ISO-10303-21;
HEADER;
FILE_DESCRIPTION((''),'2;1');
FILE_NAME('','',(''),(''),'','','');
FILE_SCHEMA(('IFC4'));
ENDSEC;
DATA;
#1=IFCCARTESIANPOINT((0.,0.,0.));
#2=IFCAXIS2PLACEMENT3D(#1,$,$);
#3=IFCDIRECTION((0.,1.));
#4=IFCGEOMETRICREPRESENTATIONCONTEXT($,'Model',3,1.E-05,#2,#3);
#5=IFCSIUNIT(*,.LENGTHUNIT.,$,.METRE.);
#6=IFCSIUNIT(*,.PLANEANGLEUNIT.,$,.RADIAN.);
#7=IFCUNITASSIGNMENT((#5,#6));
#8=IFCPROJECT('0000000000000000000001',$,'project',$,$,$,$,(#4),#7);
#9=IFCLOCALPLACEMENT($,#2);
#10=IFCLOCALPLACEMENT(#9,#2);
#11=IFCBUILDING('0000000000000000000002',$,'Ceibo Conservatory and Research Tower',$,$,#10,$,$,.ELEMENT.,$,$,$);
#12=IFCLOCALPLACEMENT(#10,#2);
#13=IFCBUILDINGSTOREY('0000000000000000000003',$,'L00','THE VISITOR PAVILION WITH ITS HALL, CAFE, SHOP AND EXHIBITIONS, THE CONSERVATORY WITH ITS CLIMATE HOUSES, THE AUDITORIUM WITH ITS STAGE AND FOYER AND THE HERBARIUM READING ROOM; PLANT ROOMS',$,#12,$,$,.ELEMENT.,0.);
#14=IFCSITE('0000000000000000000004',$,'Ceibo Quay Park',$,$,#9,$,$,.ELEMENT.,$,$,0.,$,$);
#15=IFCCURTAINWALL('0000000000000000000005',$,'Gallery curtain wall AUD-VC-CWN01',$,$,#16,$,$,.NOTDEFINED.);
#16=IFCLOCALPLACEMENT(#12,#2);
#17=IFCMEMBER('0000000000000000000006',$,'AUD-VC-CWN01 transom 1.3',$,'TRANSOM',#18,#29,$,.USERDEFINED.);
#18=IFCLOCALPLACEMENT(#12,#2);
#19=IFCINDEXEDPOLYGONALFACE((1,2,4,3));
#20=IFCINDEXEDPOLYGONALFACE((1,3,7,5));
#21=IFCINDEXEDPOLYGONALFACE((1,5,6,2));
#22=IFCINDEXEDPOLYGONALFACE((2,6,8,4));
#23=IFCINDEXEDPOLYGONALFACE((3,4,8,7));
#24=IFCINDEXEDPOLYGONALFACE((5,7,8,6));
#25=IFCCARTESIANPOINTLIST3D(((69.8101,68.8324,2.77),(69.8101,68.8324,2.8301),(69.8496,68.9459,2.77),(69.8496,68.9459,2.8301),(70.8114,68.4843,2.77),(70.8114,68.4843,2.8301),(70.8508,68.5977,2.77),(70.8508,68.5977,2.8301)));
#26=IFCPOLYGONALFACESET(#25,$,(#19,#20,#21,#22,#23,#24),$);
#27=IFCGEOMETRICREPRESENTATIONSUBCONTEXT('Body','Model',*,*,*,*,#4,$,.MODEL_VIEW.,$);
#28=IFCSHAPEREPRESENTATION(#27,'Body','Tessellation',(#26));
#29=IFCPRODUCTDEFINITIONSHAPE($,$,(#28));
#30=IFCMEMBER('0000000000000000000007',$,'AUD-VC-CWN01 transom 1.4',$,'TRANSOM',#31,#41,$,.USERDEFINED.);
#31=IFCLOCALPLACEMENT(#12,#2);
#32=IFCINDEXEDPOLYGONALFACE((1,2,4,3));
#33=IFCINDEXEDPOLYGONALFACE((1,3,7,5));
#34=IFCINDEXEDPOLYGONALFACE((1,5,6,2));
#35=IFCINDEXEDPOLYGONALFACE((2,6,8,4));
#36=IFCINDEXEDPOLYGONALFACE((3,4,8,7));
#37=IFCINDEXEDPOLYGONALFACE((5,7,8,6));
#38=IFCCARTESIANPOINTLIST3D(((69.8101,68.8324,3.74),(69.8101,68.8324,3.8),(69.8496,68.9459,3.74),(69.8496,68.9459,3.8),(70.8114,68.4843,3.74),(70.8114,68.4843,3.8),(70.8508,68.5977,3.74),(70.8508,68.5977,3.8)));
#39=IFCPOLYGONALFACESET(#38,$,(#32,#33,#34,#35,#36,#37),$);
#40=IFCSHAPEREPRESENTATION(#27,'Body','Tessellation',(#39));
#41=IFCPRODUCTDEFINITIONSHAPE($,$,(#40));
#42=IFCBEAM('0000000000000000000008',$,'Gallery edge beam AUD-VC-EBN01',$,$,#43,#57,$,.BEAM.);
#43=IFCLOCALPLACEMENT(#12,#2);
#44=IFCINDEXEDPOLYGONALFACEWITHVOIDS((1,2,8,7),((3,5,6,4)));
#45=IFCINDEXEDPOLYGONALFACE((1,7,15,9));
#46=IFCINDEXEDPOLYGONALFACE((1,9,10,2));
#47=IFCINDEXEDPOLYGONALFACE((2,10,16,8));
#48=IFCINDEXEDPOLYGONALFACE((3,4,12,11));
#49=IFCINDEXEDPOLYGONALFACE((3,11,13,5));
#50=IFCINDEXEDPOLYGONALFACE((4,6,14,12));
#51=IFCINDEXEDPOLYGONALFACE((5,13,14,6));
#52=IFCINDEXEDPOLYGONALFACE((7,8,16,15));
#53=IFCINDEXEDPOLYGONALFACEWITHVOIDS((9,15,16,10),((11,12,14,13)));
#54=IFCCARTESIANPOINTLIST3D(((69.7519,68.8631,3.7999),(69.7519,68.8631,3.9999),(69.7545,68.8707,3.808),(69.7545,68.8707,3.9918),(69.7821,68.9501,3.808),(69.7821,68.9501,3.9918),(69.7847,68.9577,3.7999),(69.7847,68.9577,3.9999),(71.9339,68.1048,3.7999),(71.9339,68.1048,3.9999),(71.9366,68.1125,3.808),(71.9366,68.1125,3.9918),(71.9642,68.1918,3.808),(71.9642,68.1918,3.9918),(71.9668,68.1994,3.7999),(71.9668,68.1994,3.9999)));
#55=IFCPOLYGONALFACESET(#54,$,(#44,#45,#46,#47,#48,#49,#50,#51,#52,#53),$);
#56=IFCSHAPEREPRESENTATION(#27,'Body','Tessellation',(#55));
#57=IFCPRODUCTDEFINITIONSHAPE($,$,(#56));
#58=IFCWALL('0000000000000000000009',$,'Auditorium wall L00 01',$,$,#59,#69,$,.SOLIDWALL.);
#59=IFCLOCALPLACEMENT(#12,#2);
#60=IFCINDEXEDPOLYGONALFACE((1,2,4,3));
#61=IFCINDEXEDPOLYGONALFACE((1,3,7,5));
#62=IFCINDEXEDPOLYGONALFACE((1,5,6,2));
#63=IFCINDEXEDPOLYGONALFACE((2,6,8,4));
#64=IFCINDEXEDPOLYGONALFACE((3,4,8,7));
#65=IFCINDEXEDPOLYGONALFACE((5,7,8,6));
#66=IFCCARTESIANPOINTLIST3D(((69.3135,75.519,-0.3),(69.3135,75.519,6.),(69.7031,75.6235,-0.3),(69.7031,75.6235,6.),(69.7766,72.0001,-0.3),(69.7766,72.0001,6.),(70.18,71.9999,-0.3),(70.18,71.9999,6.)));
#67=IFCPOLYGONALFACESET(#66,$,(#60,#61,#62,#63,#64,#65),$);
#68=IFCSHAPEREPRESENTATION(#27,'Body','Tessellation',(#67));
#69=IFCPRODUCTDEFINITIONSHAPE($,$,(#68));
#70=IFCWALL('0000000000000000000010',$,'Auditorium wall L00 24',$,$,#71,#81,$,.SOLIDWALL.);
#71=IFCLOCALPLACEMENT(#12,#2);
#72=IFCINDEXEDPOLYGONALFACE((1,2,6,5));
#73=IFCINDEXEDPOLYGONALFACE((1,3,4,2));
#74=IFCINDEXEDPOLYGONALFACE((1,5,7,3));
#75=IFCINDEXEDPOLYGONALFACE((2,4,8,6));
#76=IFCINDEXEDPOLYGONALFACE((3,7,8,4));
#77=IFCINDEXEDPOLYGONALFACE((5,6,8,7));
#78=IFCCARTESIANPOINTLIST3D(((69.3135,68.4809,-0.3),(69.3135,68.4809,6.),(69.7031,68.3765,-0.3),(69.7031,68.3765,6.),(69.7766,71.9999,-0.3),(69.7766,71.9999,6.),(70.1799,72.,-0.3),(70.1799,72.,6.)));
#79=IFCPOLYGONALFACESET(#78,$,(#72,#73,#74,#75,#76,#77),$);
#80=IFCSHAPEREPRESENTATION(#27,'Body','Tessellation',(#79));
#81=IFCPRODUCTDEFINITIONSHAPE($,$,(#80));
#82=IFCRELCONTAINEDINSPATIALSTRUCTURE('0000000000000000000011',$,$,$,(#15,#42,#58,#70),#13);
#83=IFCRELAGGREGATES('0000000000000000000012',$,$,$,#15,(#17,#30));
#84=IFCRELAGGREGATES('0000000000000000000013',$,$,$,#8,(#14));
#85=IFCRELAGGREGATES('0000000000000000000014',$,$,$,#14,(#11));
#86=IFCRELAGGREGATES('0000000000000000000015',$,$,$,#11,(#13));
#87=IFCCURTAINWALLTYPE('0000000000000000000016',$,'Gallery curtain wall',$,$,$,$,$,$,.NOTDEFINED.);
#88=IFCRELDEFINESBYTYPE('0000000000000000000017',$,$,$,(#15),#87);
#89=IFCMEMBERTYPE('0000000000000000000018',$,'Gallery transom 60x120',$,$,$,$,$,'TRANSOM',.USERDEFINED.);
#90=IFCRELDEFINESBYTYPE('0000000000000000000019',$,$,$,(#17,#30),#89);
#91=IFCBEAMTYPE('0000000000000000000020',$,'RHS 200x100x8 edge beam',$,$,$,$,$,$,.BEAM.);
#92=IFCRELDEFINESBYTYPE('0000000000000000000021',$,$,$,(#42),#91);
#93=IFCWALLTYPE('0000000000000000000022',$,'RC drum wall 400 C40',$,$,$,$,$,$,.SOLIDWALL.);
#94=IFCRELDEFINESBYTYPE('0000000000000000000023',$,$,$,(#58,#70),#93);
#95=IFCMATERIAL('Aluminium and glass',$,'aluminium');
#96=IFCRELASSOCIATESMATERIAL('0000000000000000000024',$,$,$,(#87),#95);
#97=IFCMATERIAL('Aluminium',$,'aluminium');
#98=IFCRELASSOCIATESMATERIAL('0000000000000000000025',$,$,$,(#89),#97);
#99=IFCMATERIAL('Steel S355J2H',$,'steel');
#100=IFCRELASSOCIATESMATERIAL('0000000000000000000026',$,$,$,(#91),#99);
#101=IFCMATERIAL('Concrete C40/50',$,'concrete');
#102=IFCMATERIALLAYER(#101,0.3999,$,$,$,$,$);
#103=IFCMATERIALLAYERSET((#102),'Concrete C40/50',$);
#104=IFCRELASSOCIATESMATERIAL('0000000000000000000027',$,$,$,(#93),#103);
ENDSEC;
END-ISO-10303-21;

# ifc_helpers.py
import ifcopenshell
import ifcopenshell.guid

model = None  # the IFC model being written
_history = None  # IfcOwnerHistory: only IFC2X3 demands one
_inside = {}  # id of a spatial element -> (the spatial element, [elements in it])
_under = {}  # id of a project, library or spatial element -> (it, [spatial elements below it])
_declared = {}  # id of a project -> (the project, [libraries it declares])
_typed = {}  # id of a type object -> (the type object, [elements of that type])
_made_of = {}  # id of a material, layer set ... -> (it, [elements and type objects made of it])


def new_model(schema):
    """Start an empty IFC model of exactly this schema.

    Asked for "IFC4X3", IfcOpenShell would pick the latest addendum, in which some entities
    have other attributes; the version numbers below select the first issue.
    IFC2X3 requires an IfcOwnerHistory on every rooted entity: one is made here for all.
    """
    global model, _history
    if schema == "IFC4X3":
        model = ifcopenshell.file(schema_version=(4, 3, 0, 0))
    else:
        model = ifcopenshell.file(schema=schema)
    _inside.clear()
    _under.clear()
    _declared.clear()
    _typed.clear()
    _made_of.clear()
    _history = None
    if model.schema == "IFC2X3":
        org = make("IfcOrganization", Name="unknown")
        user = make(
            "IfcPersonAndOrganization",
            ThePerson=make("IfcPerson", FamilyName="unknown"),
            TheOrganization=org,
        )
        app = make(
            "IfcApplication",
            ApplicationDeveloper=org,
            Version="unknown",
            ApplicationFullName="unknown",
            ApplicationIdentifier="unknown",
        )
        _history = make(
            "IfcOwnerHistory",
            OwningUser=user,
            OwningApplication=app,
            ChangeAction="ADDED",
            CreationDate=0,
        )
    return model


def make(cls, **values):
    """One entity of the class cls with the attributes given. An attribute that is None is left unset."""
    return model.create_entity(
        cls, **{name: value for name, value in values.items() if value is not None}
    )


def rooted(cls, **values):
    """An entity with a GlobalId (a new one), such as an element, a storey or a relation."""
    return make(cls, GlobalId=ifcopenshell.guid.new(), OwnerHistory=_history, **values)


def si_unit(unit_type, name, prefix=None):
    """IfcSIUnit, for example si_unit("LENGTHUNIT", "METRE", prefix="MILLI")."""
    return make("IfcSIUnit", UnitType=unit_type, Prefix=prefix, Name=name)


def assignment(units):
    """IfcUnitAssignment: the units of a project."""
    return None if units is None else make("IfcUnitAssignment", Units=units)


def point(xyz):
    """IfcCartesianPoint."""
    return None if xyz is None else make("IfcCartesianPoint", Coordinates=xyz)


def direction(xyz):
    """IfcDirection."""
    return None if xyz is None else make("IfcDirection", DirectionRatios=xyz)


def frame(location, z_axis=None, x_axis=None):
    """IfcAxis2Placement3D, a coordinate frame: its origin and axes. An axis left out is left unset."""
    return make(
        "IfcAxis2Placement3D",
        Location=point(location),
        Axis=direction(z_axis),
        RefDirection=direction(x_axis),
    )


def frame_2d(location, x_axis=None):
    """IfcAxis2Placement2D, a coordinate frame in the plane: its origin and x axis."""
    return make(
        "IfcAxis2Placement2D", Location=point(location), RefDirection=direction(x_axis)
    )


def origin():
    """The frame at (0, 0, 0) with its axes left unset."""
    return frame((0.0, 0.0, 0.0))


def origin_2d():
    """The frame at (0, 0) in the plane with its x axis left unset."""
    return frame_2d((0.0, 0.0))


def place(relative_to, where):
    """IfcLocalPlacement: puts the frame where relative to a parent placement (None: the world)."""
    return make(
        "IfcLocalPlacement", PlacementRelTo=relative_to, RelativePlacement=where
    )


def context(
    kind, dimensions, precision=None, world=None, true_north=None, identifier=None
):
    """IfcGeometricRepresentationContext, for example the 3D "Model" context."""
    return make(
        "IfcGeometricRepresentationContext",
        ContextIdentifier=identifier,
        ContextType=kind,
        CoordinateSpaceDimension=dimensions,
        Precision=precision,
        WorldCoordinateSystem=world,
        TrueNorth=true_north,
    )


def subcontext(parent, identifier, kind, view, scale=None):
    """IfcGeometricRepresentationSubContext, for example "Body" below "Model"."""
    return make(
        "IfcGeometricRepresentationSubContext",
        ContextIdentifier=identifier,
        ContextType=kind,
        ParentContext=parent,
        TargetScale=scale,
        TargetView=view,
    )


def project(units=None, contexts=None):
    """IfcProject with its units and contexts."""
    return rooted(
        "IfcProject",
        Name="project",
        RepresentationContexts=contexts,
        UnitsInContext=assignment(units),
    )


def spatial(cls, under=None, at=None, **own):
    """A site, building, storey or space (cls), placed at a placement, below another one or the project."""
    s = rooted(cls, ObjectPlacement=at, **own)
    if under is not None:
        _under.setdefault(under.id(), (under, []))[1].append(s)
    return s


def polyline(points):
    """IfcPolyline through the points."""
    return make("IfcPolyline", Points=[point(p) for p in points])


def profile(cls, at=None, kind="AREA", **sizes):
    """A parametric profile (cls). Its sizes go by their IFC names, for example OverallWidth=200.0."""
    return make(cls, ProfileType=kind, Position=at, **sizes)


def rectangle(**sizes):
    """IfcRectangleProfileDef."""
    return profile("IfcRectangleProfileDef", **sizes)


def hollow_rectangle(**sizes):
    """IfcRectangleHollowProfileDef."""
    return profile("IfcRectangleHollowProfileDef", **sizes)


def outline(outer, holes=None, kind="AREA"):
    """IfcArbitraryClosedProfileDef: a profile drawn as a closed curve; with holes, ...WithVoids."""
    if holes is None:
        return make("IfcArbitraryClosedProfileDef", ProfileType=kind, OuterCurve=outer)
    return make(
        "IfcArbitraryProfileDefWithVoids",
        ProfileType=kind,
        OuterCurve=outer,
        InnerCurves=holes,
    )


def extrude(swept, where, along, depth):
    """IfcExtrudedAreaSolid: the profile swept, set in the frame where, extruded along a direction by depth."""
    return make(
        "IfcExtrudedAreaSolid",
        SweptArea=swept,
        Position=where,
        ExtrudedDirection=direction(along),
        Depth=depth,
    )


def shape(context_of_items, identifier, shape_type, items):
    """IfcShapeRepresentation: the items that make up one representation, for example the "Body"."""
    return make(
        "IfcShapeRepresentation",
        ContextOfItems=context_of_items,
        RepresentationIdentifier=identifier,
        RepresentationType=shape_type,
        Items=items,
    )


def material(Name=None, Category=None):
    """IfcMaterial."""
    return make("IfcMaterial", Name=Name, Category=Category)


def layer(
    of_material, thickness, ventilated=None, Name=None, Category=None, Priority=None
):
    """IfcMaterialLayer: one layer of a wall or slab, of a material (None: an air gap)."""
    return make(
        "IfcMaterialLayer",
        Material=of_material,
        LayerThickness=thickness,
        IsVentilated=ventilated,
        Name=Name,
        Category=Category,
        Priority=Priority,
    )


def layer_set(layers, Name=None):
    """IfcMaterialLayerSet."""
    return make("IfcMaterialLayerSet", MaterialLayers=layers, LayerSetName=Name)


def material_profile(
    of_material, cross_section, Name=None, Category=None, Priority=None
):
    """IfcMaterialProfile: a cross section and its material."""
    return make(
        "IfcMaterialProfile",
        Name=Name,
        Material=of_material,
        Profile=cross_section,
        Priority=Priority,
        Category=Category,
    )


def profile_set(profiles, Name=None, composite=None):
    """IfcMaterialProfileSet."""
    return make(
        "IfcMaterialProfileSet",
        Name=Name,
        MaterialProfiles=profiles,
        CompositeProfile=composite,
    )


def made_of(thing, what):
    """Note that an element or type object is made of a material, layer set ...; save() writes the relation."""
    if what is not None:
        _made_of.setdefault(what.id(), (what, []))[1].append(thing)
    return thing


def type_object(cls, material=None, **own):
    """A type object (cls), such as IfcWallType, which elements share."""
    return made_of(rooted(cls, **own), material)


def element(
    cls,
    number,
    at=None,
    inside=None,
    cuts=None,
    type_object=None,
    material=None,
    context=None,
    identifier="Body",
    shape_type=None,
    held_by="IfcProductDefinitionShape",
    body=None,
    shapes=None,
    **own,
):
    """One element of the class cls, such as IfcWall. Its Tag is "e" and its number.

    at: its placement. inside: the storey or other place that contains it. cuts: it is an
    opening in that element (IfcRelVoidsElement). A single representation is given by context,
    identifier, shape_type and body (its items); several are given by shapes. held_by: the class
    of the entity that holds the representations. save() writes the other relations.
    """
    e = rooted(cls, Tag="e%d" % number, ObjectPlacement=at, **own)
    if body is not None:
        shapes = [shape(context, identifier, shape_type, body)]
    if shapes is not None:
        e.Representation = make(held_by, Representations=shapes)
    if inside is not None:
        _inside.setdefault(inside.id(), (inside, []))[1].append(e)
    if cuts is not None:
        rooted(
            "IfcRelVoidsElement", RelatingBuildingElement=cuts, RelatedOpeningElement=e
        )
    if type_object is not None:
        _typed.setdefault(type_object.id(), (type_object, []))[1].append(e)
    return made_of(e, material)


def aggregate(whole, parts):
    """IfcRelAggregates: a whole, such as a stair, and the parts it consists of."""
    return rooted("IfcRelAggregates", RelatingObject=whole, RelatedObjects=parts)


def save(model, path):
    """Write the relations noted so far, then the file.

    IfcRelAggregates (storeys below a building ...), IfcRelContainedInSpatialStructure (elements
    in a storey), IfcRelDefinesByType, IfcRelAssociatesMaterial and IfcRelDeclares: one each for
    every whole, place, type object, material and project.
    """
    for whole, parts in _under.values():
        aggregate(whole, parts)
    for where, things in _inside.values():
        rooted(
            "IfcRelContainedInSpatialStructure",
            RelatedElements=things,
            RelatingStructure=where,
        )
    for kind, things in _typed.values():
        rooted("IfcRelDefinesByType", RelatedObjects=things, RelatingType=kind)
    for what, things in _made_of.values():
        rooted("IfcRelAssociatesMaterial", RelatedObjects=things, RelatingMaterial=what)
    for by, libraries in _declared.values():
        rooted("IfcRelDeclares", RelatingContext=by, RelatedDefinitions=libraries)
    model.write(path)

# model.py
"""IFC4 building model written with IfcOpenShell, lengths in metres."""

from ifc_helpers import new_model, si_unit, direction, frame, origin, origin_2d, place, context, subcontext, project, spatial, polyline, rectangle, hollow_rectangle, outline, extrude, material, layer, layer_set, material_profile, profile_set, type_object, element, aggregate, save


model = new_model("IFC4")

# Units and contexts
model_context = context("Model", 3, precision=1e-05, world=origin(), true_north=direction((0.0, 1.0)))
body_context = subcontext(model_context, "Body", "Model", "MODEL_VIEW")
ifc_project = project(units=[si_unit("LENGTHUNIT", "METRE"), si_unit("PLANEANGLEUNIT", "RADIAN")], contexts=[model_context])

# Site, building, storey
site_placement = place(None, origin())
site = spatial("IfcSite", under=ifc_project, at=site_placement, Name="Ceibo Quay Park", CompositionType="ELEMENT", RefElevation=0.0)
building_placement = place(site_placement, origin())
building = spatial("IfcBuilding", under=site, at=building_placement, Name="Ceibo Conservatory and Research Tower", CompositionType="ELEMENT")
storey_placement = place(building_placement, origin())
storey = spatial("IfcBuildingStorey", under=building, at=storey_placement, Name="L00", Description="THE VISITOR PAVILION WITH ITS HALL, CAFE, SHOP AND EXHIBITIONS, THE CONSERVATORY WITH ITS CLIMATE HOUSES, THE AUDITORIUM WITH ITS STAGE AND FOYER AND THE HERBARIUM READING ROOM; PLANT ROOMS", CompositionType="ELEMENT", Elevation=0.0)

# Curtain wall, members
ifc_material_1 = material(Name="Aluminium and glass", Category="aluminium")
curtain_wall_type = type_object("IfcCurtainWallType", Name="Gallery curtain wall", PredefinedType="NOTDEFINED", material=ifc_material_1)
curtain_wall_placement = place(storey_placement, origin())
curtain_wall = element("IfcCurtainWall", 1, at=curtain_wall_placement, inside=storey, type_object=curtain_wall_type, Name="Gallery curtain wall AUD-VC-CWN01", PredefinedType="NOTDEFINED")
ifc_material_2 = material(Name="Aluminium", Category="aluminium")
ifc_material_profile_1 = material_profile(ifc_material_2, rectangle(XDim=0.1201, YDim=0.0601, at=origin_2d()), Name="AL 60x120")
ifc_profile_set_1 = profile_set([ifc_material_profile_1], Name="Aluminium")
member_type_1 = type_object("IfcMemberType", Name="Gallery transom 60x120", ElementType="TRANSOM", PredefinedType="USERDEFINED", material=ifc_profile_set_1)
member_1_placement = place(storey_placement, frame((69.8298, 68.8892, 2.8), z_axis=(0.944528, -0.328431, 0.0), x_axis=(0.328431, 0.944528, 0.0)))
member_1 = element("IfcMember", 2, at=member_1_placement, type_object=member_type_1, Name="AUD-VC-CWN01 transom 1.3", ObjectType="TRANSOM", PredefinedType="USERDEFINED", context=body_context, shape_type="SweptSolid", body=[
    extrude(rectangle(XDim=0.1201, YDim=0.0601, at=origin_2d()), origin(), (0.0, 0.0, 1.0), 1.0601),
])
member_2_placement = place(storey_placement, frame((69.8298, 68.8892, 3.77), z_axis=(0.944528, -0.328431, 0.0), x_axis=(0.328431, 0.944528, 0.0)))
member_2 = element("IfcMember", 3, at=member_2_placement, type_object=member_type_1, Name="AUD-VC-CWN01 transom 1.4", ObjectType="TRANSOM", PredefinedType="USERDEFINED", context=body_context, shape_type="SweptSolid", body=[
    extrude(rectangle(XDim=0.1201, YDim=0.0601, at=origin_2d()), origin(), (0.0, 0.0, 1.0), 1.0601),
])
aggregate(curtain_wall, [member_1, member_2])

# Beam
ifc_material_3 = material(Name="Steel S355J2H", Category="steel")
ifc_material_profile_2 = material_profile(ifc_material_3, hollow_rectangle(XDim=0.1001, YDim=0.2, WallThickness=0.0081, at=origin_2d()), Name="RHS 200x100x8 edge beam")
ifc_profile_set_2 = profile_set([ifc_material_profile_2], Name="Steel S355J2H")
beam_type = type_object("IfcBeamType", Name="RHS 200x100x8 edge beam", PredefinedType="BEAM", material=ifc_profile_set_2)
beam_placement = place(storey_placement, frame((69.7683, 68.9104, 3.8999), z_axis=(0.944591, -0.32825, 0.0), x_axis=(0.32825, 0.944591, 0.0)))
element("IfcBeam", 4, at=beam_placement, inside=storey, type_object=beam_type, Name="Gallery edge beam AUD-VC-EBN01", PredefinedType="BEAM", context=body_context, shape_type="SweptSolid", body=[
    extrude(hollow_rectangle(XDim=0.1001, YDim=0.2, WallThickness=0.0081, at=origin_2d()), origin(), (0.0, 0.0, 1.0), 2.3101),
])

# Walls
ifc_material_4 = material(Name="Concrete C40/50", Category="concrete")
ifc_layer = layer(ifc_material_4, 0.3999)
ifc_layer_set = layer_set([ifc_layer], Name="Concrete C40/50")
wall_type = type_object("IfcWallType", Name="RC drum wall 400 C40", PredefinedType="SOLIDWALL", material=ifc_layer_set)
for number, where, z_axis, x_axis, name in (
    (5, (69.9783, 72.0, -0.3), (0.0, 0.0, 1.0), (-0.130472, 0.991452, 0.0), "Auditorium wall L00 01"),
    (6, (69.5083, 68.4287, -0.3), (0.0, 0.0, 1.0), (0.130472, 0.991452, 0.0), "Auditorium wall L00 24"),
):
    element("IfcWall", number, at=place(storey_placement, frame(where, z_axis=z_axis, x_axis=x_axis)), inside=storey, type_object=wall_type, Name=name, PredefinedType="SOLIDWALL", context=body_context, shape_type="SweptSolid", body=[
        extrude(outline(polyline([(-0.0264, -0.2), (3.6284, -0.2), (3.5757, 0.2), (0.0264, 0.2), (-0.0264, -0.2)])), origin(), (0.0, 0.0, 1.0), 6.3),
    ])

save(model, "model.ifc")
